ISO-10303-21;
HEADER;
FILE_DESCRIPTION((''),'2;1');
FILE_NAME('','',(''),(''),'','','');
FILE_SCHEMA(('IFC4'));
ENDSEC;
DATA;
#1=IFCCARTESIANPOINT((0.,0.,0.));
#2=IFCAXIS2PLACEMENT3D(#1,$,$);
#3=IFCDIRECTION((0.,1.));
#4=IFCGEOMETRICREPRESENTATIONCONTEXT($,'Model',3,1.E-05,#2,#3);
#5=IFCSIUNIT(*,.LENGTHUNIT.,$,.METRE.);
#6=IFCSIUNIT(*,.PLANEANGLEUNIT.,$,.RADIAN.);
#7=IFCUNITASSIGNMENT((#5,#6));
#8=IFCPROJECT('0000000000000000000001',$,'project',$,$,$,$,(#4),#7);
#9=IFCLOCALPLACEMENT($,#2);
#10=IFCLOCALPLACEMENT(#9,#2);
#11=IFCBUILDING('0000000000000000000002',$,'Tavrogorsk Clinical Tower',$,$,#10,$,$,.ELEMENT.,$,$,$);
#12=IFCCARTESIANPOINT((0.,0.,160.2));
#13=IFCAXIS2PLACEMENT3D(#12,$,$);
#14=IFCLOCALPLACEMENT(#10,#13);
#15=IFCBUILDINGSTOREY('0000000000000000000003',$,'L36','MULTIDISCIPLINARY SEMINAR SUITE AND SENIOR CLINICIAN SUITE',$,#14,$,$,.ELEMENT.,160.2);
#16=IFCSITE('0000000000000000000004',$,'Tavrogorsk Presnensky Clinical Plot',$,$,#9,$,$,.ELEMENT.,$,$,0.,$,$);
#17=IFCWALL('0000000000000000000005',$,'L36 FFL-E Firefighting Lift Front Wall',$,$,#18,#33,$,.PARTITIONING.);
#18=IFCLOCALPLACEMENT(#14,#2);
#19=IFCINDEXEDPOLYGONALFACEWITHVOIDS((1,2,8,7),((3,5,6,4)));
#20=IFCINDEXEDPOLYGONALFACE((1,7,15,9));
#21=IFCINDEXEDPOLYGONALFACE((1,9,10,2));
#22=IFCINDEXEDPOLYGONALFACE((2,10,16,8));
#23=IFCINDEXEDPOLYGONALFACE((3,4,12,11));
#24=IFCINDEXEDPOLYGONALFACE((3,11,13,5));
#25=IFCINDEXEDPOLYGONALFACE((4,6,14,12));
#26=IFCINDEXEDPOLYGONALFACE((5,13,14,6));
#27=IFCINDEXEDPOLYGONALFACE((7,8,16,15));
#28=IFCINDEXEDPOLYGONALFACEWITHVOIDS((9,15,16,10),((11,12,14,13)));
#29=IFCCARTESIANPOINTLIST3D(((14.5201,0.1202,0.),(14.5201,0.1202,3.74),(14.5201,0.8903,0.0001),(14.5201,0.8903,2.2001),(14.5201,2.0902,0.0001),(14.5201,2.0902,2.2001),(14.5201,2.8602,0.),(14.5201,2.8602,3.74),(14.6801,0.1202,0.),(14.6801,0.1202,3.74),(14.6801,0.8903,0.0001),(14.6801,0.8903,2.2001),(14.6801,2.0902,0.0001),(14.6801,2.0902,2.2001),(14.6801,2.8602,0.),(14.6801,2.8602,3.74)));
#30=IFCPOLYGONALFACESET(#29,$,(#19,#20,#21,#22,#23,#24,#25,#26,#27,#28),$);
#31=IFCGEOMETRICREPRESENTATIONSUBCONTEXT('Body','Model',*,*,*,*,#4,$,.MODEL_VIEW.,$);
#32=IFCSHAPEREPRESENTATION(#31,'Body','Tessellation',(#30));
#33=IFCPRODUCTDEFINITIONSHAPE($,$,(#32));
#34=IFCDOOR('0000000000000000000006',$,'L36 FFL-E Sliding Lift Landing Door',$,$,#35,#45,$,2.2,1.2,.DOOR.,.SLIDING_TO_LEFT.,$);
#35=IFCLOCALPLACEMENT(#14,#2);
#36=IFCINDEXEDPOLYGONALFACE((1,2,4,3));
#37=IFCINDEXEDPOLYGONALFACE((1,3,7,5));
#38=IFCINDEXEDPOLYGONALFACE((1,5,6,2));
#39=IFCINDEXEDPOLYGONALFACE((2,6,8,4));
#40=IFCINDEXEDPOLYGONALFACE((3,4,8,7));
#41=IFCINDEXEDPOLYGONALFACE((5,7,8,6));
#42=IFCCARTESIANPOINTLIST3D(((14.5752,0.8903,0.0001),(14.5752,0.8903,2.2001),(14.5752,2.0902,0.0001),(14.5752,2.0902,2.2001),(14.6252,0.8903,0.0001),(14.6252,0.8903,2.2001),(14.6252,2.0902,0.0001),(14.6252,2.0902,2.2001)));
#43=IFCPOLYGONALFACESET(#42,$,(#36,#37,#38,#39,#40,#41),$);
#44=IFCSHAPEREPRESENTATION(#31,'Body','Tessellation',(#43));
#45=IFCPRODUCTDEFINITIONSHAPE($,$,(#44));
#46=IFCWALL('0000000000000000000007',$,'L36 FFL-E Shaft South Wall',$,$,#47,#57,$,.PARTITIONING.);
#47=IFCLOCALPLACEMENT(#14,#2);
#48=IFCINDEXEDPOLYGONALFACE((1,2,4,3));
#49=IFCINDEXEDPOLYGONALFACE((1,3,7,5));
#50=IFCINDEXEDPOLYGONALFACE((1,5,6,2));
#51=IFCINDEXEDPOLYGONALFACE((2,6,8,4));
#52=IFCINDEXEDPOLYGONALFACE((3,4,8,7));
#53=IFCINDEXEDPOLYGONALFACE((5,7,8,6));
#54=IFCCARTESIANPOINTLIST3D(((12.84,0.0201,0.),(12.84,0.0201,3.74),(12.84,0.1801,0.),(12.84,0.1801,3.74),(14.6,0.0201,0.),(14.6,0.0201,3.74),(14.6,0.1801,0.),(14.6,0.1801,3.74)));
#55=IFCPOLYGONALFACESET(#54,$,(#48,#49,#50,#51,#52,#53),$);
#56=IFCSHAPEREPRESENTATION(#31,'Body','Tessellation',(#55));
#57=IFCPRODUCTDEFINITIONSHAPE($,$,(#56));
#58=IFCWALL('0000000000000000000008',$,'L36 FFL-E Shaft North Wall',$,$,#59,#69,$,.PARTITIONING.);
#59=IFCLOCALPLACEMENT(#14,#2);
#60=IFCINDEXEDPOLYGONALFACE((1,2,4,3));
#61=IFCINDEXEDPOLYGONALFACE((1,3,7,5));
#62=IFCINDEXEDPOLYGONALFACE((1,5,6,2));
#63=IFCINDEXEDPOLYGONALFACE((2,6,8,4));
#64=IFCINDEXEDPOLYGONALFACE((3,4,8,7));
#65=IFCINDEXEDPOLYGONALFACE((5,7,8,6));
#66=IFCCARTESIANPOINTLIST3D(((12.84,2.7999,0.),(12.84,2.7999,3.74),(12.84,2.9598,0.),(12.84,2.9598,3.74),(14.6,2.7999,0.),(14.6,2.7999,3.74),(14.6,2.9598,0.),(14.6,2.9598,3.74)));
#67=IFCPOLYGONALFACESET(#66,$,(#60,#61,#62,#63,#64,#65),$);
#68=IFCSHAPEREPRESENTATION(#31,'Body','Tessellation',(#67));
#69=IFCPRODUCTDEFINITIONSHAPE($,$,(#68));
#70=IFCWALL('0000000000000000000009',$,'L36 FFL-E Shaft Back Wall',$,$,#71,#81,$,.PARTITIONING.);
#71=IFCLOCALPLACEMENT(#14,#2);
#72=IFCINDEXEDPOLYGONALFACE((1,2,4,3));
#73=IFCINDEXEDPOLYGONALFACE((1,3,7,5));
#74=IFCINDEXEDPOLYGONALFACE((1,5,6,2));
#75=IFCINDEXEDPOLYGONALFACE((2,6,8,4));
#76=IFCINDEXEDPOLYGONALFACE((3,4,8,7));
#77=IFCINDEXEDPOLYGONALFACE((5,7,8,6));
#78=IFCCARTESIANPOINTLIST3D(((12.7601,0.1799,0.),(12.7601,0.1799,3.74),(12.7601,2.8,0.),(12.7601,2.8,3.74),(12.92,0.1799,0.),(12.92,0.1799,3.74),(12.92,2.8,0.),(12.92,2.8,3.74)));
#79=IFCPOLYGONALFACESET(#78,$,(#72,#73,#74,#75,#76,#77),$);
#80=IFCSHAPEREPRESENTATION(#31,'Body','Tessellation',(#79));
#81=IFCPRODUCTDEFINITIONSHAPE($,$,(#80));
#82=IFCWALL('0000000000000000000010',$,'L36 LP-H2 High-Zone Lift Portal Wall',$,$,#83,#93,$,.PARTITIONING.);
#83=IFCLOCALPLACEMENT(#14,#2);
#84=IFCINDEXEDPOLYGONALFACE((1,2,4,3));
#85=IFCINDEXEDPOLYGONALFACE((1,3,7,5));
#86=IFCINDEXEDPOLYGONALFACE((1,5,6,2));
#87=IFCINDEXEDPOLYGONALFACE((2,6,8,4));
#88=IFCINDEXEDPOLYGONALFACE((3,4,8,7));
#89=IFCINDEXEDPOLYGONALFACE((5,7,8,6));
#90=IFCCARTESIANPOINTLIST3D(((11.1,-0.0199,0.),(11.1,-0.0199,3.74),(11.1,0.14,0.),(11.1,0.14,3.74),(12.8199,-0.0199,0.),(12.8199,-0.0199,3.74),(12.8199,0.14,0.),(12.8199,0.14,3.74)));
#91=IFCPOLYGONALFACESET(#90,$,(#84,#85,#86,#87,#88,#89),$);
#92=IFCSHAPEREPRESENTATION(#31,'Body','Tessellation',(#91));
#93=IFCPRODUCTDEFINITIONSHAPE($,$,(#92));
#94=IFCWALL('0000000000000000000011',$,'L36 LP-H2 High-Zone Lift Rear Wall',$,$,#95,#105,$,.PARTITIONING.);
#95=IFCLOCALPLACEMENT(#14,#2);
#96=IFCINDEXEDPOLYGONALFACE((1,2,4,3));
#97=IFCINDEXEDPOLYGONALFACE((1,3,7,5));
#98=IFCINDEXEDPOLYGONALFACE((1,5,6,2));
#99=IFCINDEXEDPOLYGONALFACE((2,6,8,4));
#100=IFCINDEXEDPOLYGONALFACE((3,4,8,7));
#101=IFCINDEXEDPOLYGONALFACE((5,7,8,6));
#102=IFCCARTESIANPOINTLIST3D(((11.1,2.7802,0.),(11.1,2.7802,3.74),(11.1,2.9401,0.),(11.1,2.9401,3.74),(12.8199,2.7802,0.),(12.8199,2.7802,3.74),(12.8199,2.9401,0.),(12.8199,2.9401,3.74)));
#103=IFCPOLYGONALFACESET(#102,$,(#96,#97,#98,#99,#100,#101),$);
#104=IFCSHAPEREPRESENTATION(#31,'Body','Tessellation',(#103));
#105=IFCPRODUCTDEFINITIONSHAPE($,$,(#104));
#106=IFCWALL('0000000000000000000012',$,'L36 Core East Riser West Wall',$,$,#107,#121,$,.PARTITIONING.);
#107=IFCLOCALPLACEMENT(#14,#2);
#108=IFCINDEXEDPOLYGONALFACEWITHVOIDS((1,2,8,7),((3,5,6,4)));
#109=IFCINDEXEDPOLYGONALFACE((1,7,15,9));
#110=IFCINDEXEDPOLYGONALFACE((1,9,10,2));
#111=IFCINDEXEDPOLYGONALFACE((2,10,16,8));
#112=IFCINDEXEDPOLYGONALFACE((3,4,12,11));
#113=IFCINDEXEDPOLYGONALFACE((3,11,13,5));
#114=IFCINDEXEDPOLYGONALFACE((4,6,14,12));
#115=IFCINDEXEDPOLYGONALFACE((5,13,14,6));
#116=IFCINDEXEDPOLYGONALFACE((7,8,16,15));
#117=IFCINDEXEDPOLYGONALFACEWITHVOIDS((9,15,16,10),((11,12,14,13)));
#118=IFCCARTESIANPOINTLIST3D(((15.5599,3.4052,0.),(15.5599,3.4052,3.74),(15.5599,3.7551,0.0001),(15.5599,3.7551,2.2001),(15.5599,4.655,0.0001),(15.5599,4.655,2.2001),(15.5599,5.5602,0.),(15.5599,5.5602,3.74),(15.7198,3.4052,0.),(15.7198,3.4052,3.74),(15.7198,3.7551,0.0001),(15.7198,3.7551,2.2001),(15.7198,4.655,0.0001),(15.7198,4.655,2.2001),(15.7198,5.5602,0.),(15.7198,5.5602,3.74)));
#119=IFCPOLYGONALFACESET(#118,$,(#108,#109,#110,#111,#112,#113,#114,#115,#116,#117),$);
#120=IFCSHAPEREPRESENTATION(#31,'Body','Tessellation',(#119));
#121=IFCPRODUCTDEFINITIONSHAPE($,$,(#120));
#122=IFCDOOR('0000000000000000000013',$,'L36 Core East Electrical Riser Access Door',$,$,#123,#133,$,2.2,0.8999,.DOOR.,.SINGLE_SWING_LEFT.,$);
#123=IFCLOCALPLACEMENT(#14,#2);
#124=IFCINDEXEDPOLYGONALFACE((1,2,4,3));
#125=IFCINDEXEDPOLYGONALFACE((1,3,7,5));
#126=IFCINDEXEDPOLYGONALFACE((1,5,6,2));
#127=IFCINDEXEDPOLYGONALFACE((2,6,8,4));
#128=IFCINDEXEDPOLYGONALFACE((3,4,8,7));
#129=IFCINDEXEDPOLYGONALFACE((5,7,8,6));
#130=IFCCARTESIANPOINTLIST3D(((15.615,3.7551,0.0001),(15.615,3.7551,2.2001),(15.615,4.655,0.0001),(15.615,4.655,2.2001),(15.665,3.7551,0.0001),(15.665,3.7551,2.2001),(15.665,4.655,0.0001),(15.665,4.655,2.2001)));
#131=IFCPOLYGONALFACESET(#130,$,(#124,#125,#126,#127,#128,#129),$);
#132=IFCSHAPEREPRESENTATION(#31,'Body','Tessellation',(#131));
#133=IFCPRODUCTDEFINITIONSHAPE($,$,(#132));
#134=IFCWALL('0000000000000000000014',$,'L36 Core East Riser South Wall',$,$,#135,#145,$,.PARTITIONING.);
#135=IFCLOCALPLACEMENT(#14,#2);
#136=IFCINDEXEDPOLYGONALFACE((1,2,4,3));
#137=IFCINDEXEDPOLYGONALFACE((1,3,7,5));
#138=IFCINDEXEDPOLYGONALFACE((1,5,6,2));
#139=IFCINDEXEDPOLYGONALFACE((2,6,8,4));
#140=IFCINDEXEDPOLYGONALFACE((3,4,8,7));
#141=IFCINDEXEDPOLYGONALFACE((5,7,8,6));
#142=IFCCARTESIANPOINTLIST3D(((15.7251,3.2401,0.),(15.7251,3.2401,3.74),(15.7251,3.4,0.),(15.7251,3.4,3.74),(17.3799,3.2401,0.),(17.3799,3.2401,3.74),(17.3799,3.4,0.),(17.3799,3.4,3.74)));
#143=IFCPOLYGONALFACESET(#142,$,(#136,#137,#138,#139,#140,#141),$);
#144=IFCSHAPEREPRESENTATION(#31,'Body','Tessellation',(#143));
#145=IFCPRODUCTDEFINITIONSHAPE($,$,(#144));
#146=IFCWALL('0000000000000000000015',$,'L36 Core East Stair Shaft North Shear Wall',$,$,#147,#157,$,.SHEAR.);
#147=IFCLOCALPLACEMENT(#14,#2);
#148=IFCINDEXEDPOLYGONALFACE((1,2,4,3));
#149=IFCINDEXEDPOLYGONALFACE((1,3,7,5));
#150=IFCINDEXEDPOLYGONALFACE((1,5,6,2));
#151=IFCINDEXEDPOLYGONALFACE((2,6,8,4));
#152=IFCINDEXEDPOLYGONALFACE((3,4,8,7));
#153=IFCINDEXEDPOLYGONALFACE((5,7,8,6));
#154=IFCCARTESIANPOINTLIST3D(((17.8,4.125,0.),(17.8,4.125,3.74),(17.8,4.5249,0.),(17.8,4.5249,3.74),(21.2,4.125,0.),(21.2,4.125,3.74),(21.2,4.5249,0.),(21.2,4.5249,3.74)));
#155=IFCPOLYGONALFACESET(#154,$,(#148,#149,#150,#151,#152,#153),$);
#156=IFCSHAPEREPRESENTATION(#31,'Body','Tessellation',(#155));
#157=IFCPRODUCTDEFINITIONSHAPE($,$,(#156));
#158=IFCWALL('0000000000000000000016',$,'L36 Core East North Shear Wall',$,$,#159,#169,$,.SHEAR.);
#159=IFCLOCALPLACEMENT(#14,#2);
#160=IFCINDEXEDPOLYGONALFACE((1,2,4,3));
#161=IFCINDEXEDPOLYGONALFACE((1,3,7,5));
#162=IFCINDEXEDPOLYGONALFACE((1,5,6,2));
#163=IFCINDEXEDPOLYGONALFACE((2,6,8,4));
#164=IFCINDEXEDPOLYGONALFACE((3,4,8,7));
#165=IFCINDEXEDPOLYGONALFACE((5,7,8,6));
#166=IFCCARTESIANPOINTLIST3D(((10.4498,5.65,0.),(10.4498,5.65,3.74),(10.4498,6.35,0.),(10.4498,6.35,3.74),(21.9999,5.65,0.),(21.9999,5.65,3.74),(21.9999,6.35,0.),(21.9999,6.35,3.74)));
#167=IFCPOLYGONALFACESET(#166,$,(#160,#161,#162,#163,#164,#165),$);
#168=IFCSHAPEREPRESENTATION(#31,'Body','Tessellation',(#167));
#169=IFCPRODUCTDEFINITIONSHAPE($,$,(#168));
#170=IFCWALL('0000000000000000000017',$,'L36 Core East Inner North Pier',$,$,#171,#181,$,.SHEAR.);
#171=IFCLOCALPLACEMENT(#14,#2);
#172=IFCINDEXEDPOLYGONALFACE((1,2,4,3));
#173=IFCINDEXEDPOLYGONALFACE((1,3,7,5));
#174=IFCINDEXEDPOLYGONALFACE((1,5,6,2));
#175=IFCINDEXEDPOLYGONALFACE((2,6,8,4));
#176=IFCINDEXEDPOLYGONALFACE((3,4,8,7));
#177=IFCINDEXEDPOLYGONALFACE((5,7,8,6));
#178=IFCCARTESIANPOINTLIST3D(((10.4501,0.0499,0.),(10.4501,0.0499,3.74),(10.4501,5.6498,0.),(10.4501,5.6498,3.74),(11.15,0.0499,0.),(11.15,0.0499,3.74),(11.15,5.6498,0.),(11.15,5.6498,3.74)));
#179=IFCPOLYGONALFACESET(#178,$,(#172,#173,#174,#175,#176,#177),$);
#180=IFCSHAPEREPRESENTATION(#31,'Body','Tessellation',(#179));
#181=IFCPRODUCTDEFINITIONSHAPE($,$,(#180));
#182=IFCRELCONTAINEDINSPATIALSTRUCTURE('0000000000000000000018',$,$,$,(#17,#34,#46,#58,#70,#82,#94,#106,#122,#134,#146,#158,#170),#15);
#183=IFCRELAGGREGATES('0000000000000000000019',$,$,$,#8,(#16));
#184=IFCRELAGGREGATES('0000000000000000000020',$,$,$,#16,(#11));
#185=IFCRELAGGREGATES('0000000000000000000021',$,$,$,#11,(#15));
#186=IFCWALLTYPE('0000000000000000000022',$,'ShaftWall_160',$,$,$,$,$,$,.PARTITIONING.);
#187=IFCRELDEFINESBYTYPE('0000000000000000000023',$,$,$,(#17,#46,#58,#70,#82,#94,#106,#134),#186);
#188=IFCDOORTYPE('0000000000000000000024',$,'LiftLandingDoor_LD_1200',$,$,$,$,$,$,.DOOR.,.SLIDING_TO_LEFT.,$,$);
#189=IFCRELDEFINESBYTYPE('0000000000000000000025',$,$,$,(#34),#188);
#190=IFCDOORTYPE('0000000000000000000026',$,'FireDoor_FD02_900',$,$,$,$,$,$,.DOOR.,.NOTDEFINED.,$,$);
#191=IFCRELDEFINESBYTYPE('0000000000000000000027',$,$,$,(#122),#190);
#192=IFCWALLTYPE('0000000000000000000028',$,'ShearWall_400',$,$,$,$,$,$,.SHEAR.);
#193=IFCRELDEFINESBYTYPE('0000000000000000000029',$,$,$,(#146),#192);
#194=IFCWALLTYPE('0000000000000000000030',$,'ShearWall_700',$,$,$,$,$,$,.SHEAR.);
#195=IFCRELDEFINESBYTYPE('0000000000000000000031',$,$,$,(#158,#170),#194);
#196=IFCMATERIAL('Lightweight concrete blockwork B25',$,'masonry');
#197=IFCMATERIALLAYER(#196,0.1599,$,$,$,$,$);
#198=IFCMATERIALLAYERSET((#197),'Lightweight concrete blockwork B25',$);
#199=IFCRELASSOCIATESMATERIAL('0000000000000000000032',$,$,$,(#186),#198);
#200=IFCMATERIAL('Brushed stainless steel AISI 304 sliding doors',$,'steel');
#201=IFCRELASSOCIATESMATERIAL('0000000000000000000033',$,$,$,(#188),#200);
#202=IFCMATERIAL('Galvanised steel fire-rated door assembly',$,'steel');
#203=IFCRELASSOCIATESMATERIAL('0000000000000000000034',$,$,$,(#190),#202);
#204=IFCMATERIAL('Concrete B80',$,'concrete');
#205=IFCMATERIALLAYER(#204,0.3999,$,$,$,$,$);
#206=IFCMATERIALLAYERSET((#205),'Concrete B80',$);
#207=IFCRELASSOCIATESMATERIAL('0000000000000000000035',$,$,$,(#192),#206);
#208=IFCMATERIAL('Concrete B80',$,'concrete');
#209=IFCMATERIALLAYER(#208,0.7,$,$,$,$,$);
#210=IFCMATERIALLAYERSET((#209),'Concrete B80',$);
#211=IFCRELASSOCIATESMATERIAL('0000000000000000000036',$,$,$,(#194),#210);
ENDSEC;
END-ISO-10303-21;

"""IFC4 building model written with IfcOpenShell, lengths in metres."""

from ifc_helpers import new_model, si_unit, direction, frame, frame_2d, origin, place, context, subcontext, project, spatial, rectangle, extrude, material, layer, layer_set, type_object, element, fill, save


model = new_model("IFC4")

# Units and contexts
model_context = context("Model", 3, precision=1e-05, world=origin(), true_north=direction((0.0, 1.0)))
body_context = subcontext(model_context, "Body", "Model", "MODEL_VIEW")
ifc_project = project(units=[si_unit("LENGTHUNIT", "METRE"), si_unit("PLANEANGLEUNIT", "RADIAN")], contexts=[model_context])

# Site, building, storey
site_placement = place(None, origin())
site = spatial("IfcSite", under=ifc_project, at=site_placement, Name="Tavrogorsk Presnensky Clinical Plot", CompositionType="ELEMENT", RefElevation=0.0)
building_placement = place(site_placement, origin())
building = spatial("IfcBuilding", under=site, at=building_placement, Name="Tavrogorsk Clinical Tower", CompositionType="ELEMENT")
storey_placement = place(building_placement, frame((0.0, 0.0, 160.2)))
storey = spatial("IfcBuildingStorey", under=building, at=storey_placement, Name="L36", Description="MULTIDISCIPLINARY SEMINAR SUITE AND SENIOR CLINICIAN SUITE", CompositionType="ELEMENT", Elevation=160.2)

# Wall, opening, door
ifc_material_1 = material(Name="Lightweight concrete blockwork B25", Category="masonry")
ifc_layer_1 = layer(ifc_material_1, 0.1599)
ifc_layer_set_1 = layer_set([ifc_layer_1], Name="Lightweight concrete blockwork B25")
wall_type_1 = type_object("IfcWallType", Name="ShaftWall_160", PredefinedType="PARTITIONING", material=ifc_layer_set_1)
wall_1_placement = place(storey_placement, frame((14.6001, 0.1201, 0.0), z_axis=(0.0, 0.0, 1.0), x_axis=(0.0, 1.0, 0.0)))
wall_1 = element("IfcWall", 1, at=wall_1_placement, inside=storey, type_object=wall_type_1, Name="L36 FFL-E Firefighting Lift Front Wall", PredefinedType="PARTITIONING", context=body_context, shape_type="SweptSolid", body=[
    extrude(rectangle(XDim=2.74, YDim=0.1599, at=frame_2d((1.3701, 0.0))), origin(), (0.0, 0.0, 1.0), 3.74),
])
opening_1_placement = place(wall_1_placement, frame((0.77, 0.0, 0.0)))
opening_1 = element("IfcOpeningElement", 2, at=opening_1_placement, cuts=wall_1, PredefinedType="OPENING", context=body_context, shape_type="SweptSolid", body=[
    extrude(rectangle(XDim=1.2, YDim=2.2, at=frame_2d((0.6001, 1.1001))), frame((0.0, 0.0898, 0.0), z_axis=(0.0, -1.0, 0.0), x_axis=(1.0, 0.0, 0.0)), (0.0, 0.0, 1.0), 0.1799),
])
ifc_material_2 = material(Name="Brushed stainless steel AISI 304 sliding doors", Category="steel")
door_type_1 = type_object("IfcDoorType", Name="LiftLandingDoor_LD_1200", OperationType="SLIDING_TO_LEFT", PredefinedType="DOOR", material=ifc_material_2)
door_1_placement = place(opening_1_placement, origin())
door_1 = element("IfcDoor", 3, at=door_1_placement, inside=storey, type_object=door_type_1, Name="L36 FFL-E Sliding Lift Landing Door", OperationType="SLIDING_TO_LEFT", OverallHeight=2.2, OverallWidth=1.2, PredefinedType="DOOR", context=body_context, shape_type="SweptSolid", body=[
    extrude(rectangle(XDim=1.2, YDim=2.2, at=frame_2d((0.6001, 1.1001))), frame((0.0, 0.0249, 0.0), z_axis=(0.0, -1.0, 0.0), x_axis=(1.0, 0.0, 0.0)), (0.0, 0.0, 1.0), 0.05),
])
fill(opening_1, door_1)

# Walls
for number, where, z_axis, x_axis, name in (
    (4, (12.8401, 0.1001, 0.0), (0.0, 0.0, 1.0), (1.0, 0.0, 0.0), "L36 FFL-E Shaft South Wall"),
    (5, (12.8401, 2.8799, 0.0), (0.0, 0.0, 1.0), (1.0, 0.0, 0.0), "L36 FFL-E Shaft North Wall"),
):
    element("IfcWall", number, at=place(storey_placement, frame(where, z_axis=z_axis, x_axis=x_axis)), inside=storey, type_object=wall_type_1, Name=name, PredefinedType="PARTITIONING", context=body_context, shape_type="SweptSolid", body=[
        extrude(rectangle(XDim=1.76, YDim=0.1599, at=frame_2d((0.8799, 0.0))), origin(), (0.0, 0.0, 1.0), 3.74),
    ])
wall_2_placement = place(storey_placement, frame((12.8401, 0.1799, 0.0), z_axis=(0.0, 0.0, 1.0), x_axis=(0.0, 1.0, 0.0)))
element("IfcWall", 6, at=wall_2_placement, inside=storey, type_object=wall_type_1, Name="L36 FFL-E Shaft Back Wall", PredefinedType="PARTITIONING", context=body_context, shape_type="SweptSolid", body=[
    extrude(rectangle(XDim=2.6201, YDim=0.1599, at=frame_2d((1.3101, 0.0))), origin(), (0.0, 0.0, 1.0), 3.74),
])
for number, where, z_axis, x_axis, name in (
    (7, (11.1001, 0.0601, 0.0), (0.0, 0.0, 1.0), (1.0, 0.0, 0.0), "L36 LP-H2 High-Zone Lift Portal Wall"),
    (8, (11.1001, 2.8601, 0.0), (0.0, 0.0, 1.0), (1.0, 0.0, 0.0), "L36 LP-H2 High-Zone Lift Rear Wall"),
):
    element("IfcWall", number, at=place(storey_placement, frame(where, z_axis=z_axis, x_axis=x_axis)), inside=storey, type_object=wall_type_1, Name=name, PredefinedType="PARTITIONING", context=body_context, shape_type="SweptSolid", body=[
        extrude(rectangle(XDim=1.72, YDim=0.1599, at=frame_2d((0.8599, 0.0))), origin(), (0.0, 0.0, 1.0), 3.74),
    ])

# Wall, opening, door
wall_3_placement = place(storey_placement, frame((15.6399, 3.405, 0.0), z_axis=(0.0, 0.0, 1.0), x_axis=(0.0, 1.0, 0.0)))
wall_3 = element("IfcWall", 9, at=wall_3_placement, inside=storey, type_object=wall_type_1, Name="L36 Core East Riser West Wall", PredefinedType="PARTITIONING", context=body_context, shape_type="SweptSolid", body=[
    extrude(rectangle(XDim=2.155, YDim=0.1599, at=frame_2d((1.0776, 0.0))), origin(), (0.0, 0.0, 1.0), 3.74),
])
opening_2_placement = place(wall_3_placement, frame((0.3501, 0.0, 0.0)))
opening_2 = element("IfcOpeningElement", 10, at=opening_2_placement, cuts=wall_3, PredefinedType="OPENING", context=body_context, shape_type="SweptSolid", body=[
    extrude(rectangle(XDim=0.8999, YDim=2.2, at=frame_2d((0.45, 1.1001))), frame((0.0, 0.0898, 0.0), z_axis=(0.0, -1.0, 0.0), x_axis=(1.0, 0.0, 0.0)), (0.0, 0.0, 1.0), 0.1799),
])
ifc_material_3 = material(Name="Galvanised steel fire-rated door assembly", Category="steel")
door_type_2 = type_object("IfcDoorType", Name="FireDoor_FD02_900", OperationType="NOTDEFINED", PredefinedType="DOOR", material=ifc_material_3)
door_2_placement = place(opening_2_placement, origin())
door_2 = element("IfcDoor", 11, at=door_2_placement, inside=storey, type_object=door_type_2, Name="L36 Core East Electrical Riser Access Door", OperationType="SINGLE_SWING_LEFT", OverallHeight=2.2, OverallWidth=0.8999, PredefinedType="DOOR", context=body_context, shape_type="SweptSolid", body=[
    extrude(rectangle(XDim=0.8999, YDim=2.2, at=frame_2d((0.45, 1.1001))), frame((0.0, 0.0249, 0.0), z_axis=(0.0, -1.0, 0.0), x_axis=(1.0, 0.0, 0.0)), (0.0, 0.0, 1.0), 0.05),
])
fill(opening_2, door_2)

# Walls
wall_4_placement = place(storey_placement, frame((15.7251, 3.3201, 0.0), z_axis=(0.0, 0.0, 1.0), x_axis=(1.0, 0.0, 0.0)))
element("IfcWall", 12, at=wall_4_placement, inside=storey, type_object=wall_type_1, Name="L36 Core East Riser South Wall", PredefinedType="PARTITIONING", context=body_context, shape_type="SweptSolid", body=[
    extrude(rectangle(XDim=1.6548, YDim=0.1599, at=frame_2d((0.8274, 0.0))), origin(), (0.0, 0.0, 1.0), 3.74),
])
ifc_material_4 = material(Name="Concrete B80", Category="concrete")
ifc_layer_2 = layer(ifc_material_4, 0.3999)
ifc_layer_set_2 = layer_set([ifc_layer_2], Name="Concrete B80")
wall_type_2 = type_object("IfcWallType", Name="ShearWall_400", PredefinedType="SHEAR", material=ifc_layer_set_2)
wall_5_placement = place(storey_placement, frame((17.8, 4.325, 0.0), z_axis=(0.0, 0.0, 1.0), x_axis=(1.0, 0.0, 0.0)))
element("IfcWall", 13, at=wall_5_placement, inside=storey, type_object=wall_type_2, Name="L36 Core East Stair Shaft North Shear Wall", PredefinedType="SHEAR", context=body_context, shape_type="SweptSolid", body=[
    extrude(rectangle(XDim=3.3999, YDim=0.3999, at=frame_2d((1.7, 0.0))), origin(), (0.0, 0.0, 1.0), 3.74),
])
ifc_material_5 = material(Name="Concrete B80", Category="concrete")
ifc_layer_3 = layer(ifc_material_5, 0.7)
ifc_layer_set_3 = layer_set([ifc_layer_3], Name="Concrete B80")
wall_type_3 = type_object("IfcWallType", Name="ShearWall_700", PredefinedType="SHEAR", material=ifc_layer_set_3)
wall_6_placement = place(storey_placement, frame((10.45, 6.0, 0.0), z_axis=(0.0, 0.0, 1.0), x_axis=(1.0, 0.0, 0.0)))
element("IfcWall", 14, at=wall_6_placement, inside=storey, type_object=wall_type_3, Name="L36 Core East North Shear Wall", PredefinedType="SHEAR", context=body_context, shape_type="SweptSolid", body=[
    extrude(rectangle(XDim=11.55, YDim=0.7, at=frame_2d((5.7749, 0.0))), origin(), (0.0, 0.0, 1.0), 3.74),
])
wall_7_placement = place(storey_placement, frame((10.8, 0.05, 0.0), z_axis=(0.0, 0.0, 1.0), x_axis=(0.0, 1.0, 0.0)))
element("IfcWall", 15, at=wall_7_placement, inside=storey, type_object=wall_type_3, Name="L36 Core East Inner North Pier", PredefinedType="SHEAR", context=body_context, shape_type="SweptSolid", body=[
    extrude(rectangle(XDim=5.5999, YDim=0.7, at=frame_2d((2.7998, 0.0))), origin(), (0.0, 0.0, 1.0), 3.74),
])

save(model, "model.ifc")
